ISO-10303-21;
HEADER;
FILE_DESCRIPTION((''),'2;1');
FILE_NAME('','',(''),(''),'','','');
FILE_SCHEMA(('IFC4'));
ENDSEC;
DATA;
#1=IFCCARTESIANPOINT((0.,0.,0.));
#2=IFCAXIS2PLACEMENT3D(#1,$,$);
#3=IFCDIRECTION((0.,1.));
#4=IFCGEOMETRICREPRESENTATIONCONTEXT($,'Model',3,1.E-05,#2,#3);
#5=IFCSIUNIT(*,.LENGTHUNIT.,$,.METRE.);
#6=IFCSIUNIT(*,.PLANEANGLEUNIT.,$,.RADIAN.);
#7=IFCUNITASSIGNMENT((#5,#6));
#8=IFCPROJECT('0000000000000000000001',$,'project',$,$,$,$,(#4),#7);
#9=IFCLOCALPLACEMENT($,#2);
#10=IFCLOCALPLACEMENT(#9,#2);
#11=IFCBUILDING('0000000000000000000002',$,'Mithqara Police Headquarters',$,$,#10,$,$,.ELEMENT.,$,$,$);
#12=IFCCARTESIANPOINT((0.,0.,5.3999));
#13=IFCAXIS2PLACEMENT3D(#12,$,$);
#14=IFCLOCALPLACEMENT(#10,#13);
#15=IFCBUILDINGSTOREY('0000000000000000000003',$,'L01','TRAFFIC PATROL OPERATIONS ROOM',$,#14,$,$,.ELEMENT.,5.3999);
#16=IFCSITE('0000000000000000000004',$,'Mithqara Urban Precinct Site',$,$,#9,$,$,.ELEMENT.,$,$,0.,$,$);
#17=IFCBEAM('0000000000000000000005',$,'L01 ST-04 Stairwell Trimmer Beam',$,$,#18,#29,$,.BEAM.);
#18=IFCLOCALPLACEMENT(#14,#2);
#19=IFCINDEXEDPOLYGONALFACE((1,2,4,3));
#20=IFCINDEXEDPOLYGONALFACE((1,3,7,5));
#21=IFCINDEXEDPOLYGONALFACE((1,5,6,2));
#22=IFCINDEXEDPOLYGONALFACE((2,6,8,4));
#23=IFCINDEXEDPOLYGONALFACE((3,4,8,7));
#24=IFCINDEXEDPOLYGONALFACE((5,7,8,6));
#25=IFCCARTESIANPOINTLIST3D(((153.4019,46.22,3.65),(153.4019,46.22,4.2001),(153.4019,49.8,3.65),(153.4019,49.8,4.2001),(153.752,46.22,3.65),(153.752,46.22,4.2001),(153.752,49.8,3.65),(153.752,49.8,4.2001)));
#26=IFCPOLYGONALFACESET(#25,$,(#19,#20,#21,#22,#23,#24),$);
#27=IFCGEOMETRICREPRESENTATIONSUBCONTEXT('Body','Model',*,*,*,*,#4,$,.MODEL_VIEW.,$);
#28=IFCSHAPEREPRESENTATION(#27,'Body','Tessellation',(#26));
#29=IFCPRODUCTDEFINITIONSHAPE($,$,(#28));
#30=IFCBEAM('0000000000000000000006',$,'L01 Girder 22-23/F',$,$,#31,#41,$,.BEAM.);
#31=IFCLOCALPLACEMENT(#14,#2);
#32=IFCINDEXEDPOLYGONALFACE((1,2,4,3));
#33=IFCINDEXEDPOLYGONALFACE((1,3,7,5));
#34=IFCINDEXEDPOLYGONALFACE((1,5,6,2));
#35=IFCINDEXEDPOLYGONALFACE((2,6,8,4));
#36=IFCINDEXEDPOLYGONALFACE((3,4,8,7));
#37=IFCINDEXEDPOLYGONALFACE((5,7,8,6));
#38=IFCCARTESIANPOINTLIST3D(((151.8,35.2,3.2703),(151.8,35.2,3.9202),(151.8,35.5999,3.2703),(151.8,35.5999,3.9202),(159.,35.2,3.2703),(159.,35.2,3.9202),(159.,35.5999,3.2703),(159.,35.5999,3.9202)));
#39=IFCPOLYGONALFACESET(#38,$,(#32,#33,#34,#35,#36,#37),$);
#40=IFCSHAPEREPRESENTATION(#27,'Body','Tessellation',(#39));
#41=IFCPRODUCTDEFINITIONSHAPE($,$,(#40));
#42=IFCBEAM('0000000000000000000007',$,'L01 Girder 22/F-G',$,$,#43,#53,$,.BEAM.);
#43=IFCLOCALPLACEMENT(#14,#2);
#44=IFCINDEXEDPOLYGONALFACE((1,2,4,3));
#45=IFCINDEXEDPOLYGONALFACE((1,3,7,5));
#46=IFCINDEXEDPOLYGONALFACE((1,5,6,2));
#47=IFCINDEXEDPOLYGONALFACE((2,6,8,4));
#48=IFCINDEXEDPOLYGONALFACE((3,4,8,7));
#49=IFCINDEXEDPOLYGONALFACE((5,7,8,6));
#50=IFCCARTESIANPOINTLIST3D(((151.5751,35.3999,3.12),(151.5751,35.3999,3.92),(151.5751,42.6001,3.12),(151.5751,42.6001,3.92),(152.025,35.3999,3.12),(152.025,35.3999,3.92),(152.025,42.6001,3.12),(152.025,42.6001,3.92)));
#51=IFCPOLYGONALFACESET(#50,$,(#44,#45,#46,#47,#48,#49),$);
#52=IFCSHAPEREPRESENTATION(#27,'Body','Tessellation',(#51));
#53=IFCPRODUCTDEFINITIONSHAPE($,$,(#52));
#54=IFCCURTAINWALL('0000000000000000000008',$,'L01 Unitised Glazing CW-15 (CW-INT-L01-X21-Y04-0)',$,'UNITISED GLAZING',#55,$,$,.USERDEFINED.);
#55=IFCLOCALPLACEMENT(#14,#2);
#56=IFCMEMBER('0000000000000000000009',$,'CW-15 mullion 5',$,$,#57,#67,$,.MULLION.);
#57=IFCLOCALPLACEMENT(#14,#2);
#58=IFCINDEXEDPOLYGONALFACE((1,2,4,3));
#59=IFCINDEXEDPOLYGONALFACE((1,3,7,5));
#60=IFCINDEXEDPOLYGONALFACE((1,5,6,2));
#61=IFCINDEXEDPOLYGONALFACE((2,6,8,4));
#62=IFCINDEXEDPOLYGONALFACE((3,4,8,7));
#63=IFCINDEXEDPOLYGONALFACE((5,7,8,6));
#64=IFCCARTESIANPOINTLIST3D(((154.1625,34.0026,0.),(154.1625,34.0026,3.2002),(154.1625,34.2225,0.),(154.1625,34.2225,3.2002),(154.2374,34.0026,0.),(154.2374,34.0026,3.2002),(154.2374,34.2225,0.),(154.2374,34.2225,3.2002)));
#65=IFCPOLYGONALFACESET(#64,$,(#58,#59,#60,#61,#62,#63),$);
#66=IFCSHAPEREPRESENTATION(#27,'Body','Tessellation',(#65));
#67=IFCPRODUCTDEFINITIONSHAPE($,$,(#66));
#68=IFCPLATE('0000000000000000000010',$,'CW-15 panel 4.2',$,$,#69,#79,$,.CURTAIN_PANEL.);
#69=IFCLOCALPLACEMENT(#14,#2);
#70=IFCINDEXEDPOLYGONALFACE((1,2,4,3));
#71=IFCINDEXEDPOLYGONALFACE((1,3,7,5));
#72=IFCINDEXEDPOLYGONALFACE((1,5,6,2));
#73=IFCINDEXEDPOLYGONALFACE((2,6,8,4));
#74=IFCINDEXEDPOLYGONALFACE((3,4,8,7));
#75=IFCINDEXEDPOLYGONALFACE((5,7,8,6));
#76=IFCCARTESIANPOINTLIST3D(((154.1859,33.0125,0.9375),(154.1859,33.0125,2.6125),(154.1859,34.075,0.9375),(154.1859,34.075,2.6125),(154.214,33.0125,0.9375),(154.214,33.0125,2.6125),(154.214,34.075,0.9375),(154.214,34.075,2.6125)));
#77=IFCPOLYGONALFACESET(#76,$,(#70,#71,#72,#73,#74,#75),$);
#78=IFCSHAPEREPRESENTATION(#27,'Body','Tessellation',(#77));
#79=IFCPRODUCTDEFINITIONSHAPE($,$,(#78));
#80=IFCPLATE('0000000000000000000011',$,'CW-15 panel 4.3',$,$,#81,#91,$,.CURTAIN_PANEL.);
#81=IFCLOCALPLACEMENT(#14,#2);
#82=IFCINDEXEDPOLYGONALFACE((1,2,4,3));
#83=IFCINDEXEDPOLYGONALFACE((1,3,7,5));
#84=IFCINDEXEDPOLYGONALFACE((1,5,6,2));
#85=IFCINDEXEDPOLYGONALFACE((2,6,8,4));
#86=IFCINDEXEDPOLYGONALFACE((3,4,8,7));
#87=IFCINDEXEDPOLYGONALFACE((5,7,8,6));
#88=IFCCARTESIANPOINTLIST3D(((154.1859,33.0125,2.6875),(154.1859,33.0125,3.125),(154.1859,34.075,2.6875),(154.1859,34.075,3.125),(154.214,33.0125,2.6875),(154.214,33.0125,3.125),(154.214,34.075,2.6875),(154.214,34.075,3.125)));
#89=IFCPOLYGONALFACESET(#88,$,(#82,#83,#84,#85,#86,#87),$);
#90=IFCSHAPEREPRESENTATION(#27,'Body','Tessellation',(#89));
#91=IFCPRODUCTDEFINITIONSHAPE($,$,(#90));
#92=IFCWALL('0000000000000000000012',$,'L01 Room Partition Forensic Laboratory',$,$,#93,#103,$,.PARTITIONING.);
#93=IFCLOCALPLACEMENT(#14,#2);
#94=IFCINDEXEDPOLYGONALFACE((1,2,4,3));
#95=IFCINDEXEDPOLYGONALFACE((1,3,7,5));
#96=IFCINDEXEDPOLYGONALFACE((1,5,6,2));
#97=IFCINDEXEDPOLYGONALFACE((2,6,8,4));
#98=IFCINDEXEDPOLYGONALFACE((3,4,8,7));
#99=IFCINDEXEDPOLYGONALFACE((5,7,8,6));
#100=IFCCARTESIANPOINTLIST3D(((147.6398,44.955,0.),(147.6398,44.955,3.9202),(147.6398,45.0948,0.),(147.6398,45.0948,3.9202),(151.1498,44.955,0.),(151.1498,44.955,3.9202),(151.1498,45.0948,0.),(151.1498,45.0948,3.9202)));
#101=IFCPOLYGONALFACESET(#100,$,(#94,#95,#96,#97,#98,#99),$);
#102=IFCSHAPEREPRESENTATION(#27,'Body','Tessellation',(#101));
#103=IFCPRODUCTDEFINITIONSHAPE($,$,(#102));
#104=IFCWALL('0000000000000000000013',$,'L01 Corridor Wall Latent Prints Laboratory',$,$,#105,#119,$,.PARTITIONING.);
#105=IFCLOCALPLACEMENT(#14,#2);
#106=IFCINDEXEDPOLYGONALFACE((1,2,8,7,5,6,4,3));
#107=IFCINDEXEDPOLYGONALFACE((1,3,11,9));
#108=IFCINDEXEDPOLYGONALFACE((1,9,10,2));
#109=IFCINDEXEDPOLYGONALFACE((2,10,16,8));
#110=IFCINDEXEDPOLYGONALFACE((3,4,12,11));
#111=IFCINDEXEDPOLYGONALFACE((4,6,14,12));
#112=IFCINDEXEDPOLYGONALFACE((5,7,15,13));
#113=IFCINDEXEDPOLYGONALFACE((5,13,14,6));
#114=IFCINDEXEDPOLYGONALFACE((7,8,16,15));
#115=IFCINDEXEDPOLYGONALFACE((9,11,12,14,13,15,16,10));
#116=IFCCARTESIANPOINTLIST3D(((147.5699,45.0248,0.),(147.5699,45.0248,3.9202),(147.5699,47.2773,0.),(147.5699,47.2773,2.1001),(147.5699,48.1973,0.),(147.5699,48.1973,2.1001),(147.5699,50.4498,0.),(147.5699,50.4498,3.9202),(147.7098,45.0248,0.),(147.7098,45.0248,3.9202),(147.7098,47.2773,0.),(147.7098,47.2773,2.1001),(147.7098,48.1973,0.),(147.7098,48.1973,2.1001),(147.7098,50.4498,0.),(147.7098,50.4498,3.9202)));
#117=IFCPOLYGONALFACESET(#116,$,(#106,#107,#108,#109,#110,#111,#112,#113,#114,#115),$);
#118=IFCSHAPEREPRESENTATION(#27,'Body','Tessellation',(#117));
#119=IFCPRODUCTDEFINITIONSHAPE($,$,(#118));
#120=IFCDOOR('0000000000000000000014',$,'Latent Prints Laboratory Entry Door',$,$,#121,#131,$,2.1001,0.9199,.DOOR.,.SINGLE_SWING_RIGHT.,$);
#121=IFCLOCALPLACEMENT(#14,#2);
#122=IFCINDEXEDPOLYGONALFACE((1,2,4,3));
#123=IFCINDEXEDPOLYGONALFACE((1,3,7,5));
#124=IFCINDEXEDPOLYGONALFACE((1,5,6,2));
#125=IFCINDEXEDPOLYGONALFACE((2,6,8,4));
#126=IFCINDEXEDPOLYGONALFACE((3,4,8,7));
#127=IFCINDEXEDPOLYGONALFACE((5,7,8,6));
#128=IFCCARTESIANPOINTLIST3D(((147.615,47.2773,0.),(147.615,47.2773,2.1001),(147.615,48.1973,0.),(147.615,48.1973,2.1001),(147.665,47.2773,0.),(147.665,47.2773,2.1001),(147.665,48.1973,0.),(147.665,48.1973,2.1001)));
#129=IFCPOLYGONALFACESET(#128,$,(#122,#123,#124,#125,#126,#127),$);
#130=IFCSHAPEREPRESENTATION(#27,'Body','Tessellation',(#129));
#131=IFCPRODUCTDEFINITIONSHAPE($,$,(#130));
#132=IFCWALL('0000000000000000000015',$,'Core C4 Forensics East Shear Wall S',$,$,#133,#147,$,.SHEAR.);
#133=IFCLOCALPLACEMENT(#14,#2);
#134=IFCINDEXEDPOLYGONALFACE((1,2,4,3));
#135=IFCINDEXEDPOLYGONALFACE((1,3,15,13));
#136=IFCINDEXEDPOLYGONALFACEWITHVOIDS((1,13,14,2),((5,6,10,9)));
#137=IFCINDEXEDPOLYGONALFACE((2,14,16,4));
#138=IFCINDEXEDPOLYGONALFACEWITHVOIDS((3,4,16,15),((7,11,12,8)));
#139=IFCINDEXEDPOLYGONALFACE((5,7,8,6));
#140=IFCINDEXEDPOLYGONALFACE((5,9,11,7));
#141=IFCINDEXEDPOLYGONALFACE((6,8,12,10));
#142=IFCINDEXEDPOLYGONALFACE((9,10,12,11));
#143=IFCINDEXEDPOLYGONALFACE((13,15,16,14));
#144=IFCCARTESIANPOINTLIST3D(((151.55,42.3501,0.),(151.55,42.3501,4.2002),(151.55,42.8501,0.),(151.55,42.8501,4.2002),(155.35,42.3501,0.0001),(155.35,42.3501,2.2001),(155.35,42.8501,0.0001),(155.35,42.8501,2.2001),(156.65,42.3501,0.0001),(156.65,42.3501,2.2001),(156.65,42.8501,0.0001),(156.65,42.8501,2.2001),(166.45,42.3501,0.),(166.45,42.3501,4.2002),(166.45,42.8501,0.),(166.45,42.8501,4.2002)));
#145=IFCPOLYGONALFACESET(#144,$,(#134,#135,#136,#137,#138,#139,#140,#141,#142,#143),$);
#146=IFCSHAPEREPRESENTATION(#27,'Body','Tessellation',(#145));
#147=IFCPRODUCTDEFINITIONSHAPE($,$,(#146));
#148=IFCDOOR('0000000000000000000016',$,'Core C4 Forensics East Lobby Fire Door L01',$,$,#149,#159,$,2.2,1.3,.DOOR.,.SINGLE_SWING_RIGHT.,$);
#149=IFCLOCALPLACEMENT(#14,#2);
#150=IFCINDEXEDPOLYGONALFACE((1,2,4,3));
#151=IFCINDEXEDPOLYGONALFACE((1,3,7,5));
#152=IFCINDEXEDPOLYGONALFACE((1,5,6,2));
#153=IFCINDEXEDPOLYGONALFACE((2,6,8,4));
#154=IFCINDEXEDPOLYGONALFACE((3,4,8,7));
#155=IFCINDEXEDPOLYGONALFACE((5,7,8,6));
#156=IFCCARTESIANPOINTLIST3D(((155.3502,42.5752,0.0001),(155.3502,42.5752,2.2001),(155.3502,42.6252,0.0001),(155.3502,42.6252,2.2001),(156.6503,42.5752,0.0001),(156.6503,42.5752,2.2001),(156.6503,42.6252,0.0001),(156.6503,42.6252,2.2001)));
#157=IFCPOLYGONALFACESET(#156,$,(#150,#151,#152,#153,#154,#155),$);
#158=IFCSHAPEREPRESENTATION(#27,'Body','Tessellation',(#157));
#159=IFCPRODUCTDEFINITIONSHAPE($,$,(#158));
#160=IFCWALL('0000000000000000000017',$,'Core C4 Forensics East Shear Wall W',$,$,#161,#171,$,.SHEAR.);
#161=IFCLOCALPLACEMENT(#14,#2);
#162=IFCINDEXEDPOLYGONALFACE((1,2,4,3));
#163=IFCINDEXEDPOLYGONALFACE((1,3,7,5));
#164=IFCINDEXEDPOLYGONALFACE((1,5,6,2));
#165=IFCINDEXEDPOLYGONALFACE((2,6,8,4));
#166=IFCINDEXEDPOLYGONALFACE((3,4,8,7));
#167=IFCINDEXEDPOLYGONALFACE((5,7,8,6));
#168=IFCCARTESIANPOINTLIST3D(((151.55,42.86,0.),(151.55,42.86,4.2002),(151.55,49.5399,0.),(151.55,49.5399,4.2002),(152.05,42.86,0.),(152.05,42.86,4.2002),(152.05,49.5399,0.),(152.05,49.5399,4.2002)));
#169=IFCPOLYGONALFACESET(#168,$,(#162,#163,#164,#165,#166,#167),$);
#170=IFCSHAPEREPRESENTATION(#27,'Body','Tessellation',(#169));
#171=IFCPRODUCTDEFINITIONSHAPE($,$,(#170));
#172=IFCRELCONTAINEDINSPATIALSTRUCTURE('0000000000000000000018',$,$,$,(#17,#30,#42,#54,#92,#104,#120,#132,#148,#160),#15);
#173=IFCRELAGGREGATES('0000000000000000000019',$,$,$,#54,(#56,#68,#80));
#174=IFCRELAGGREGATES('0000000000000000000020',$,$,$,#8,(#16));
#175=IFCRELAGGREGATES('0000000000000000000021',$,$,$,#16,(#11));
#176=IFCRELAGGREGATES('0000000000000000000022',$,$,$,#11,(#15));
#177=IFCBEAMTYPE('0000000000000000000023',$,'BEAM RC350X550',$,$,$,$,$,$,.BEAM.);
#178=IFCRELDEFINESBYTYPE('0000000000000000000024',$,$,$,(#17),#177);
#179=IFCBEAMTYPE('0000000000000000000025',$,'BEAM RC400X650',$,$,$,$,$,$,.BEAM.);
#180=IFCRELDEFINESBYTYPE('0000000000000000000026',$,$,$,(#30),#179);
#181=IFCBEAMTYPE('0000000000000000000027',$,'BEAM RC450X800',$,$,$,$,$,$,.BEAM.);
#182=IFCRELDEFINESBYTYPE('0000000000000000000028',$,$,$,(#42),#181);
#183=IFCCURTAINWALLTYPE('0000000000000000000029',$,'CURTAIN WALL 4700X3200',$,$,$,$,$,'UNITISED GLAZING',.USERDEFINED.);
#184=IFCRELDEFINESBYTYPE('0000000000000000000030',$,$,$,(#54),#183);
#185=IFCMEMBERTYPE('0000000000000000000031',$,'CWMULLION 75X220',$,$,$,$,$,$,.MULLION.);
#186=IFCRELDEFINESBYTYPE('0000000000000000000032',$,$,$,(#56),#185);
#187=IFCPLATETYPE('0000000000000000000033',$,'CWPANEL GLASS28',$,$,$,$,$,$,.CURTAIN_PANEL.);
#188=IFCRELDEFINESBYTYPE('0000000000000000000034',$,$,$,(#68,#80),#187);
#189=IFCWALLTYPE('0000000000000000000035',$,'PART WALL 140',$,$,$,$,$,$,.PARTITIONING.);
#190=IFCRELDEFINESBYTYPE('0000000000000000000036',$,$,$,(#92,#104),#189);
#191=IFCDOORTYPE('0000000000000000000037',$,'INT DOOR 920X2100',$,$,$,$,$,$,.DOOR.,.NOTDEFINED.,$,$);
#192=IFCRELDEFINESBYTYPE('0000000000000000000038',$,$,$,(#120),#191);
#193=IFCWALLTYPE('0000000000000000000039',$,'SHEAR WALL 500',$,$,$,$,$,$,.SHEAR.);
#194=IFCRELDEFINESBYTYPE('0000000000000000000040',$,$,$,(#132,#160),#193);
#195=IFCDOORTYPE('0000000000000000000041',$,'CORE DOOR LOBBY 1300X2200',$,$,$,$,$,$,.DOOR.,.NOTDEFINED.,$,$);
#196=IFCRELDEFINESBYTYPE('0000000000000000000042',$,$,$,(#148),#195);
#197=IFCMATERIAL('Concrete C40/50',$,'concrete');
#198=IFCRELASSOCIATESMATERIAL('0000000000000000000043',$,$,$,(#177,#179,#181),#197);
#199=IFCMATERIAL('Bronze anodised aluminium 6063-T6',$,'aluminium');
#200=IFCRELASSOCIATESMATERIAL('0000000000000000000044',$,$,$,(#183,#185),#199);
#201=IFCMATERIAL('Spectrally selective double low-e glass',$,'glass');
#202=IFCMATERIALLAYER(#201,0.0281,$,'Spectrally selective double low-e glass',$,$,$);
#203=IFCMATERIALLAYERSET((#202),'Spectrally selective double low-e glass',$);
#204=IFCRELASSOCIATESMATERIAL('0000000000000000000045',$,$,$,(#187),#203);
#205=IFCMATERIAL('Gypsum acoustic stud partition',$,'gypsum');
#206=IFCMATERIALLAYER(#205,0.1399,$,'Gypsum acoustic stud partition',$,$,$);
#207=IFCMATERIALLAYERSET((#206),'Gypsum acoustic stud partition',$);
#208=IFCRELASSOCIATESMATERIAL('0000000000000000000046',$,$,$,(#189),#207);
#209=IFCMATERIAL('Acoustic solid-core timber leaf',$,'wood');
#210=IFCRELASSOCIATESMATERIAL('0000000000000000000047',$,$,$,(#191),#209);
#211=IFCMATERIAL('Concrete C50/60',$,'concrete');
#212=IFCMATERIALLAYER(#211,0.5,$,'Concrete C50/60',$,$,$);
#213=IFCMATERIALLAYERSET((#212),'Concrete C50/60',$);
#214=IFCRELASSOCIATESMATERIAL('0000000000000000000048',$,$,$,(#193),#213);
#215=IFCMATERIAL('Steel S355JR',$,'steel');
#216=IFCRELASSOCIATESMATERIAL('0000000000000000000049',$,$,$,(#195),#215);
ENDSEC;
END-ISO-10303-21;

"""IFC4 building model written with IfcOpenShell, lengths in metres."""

from ifc_helpers import new_model, si_unit, direction, frame, frame_2d, origin, origin_2d, place, context, subcontext, project, spatial, rectangle, extrude, material, layer, layer_set, material_profile, profile_set, type_object, element, fill, aggregate, save


model = new_model("IFC4")

# Units and contexts
model_context = context("Model", 3, precision=1e-05, world=origin(), true_north=direction((0.0, 1.0)))
body_context = subcontext(model_context, "Body", "Model", "MODEL_VIEW")
ifc_project = project(units=[si_unit("LENGTHUNIT", "METRE"), si_unit("PLANEANGLEUNIT", "RADIAN")], contexts=[model_context])

# Site, building, storey
site_placement = place(None, origin())
site = spatial("IfcSite", under=ifc_project, at=site_placement, Name="Mithqara Urban Precinct Site", CompositionType="ELEMENT", RefElevation=0.0)
building_placement = place(site_placement, origin())
building = spatial("IfcBuilding", under=site, at=building_placement, Name="Mithqara Police Headquarters", CompositionType="ELEMENT")
storey_placement = place(building_placement, frame((0.0, 0.0, 5.3999)))
storey = spatial("IfcBuildingStorey", under=building, at=storey_placement, Name="L01", Description="TRAFFIC PATROL OPERATIONS ROOM", CompositionType="ELEMENT", Elevation=5.3999)

# Shared definitions
ifc_material_1 = material(Name="Concrete C50/60", Category="concrete")

# Beams
ifc_material_2 = material(Name="Steel S355JR", Category="steel")
ifc_material_3 = material(Name="Concrete C40/50", Category="concrete")
ifc_material_profile_1 = material_profile(ifc_material_3, rectangle(XDim=0.3501, YDim=0.55, at=origin_2d()), Name="RC 350x550")
ifc_profile_set_1 = profile_set([ifc_material_profile_1], Name="Concrete C40/50")
beam_type_1 = type_object("IfcBeamType", Name="BEAM RC350X550", PredefinedType="BEAM", material=ifc_profile_set_1)
beam_1_placement = place(storey_placement, frame((153.5769, 46.22, 3.925), z_axis=(0.0, 1.0, 0.0), x_axis=(-1.0, 0.0, 0.0)))
element("IfcBeam", 1, at=beam_1_placement, inside=storey, type_object=beam_type_1, Name="L01 ST-04 Stairwell Trimmer Beam", PredefinedType="BEAM", context=body_context, shape_type="SweptSolid", body=[
    extrude(rectangle(XDim=0.3501, YDim=0.55, at=origin_2d()), origin(), (0.0, 0.0, 1.0), 3.5801),
])
ifc_material_profile_2 = material_profile(ifc_material_3, rectangle(XDim=0.3999, YDim=0.6499, at=origin_2d()), Name="RC 400x650")
ifc_profile_set_2 = profile_set([ifc_material_profile_2], Name="Concrete C40/50")
beam_type_2 = type_object("IfcBeamType", Name="BEAM RC400X650", PredefinedType="BEAM", material=ifc_profile_set_2)
beam_2_placement = place(storey_placement, frame((151.8, 35.3999, 3.5952), z_axis=(1.0, 0.0, 0.0), x_axis=(0.0, 1.0, 0.0)))
element("IfcBeam", 2, at=beam_2_placement, inside=storey, type_object=beam_type_2, Name="L01 Girder 22-23/F", PredefinedType="BEAM", context=body_context, shape_type="SweptSolid", body=[
    extrude(rectangle(XDim=0.3999, YDim=0.6499, at=origin_2d()), origin(), (0.0, 0.0, 1.0), 7.2),
])
ifc_material_profile_3 = material_profile(ifc_material_3, rectangle(XDim=0.45, YDim=0.8, at=origin_2d()), Name="RC 450x800")
ifc_profile_set_3 = profile_set([ifc_material_profile_3], Name="Concrete C40/50")
beam_type_3 = type_object("IfcBeamType", Name="BEAM RC450X800", PredefinedType="BEAM", material=ifc_profile_set_3)
beam_3_placement = place(storey_placement, frame((151.8, 35.3999, 3.52), z_axis=(0.0, 1.0, 0.0), x_axis=(-1.0, 0.0, 0.0)))
element("IfcBeam", 3, at=beam_3_placement, inside=storey, type_object=beam_type_3, Name="L01 Girder 22/F-G", PredefinedType="BEAM", context=body_context, shape_type="SweptSolid", body=[
    extrude(rectangle(XDim=0.45, YDim=0.8, at=origin_2d()), origin(), (0.0, 0.0, 1.0), 7.2002),
])

# Curtain wall, member, plates
ifc_material_4 = material(Name="Bronze anodised aluminium 6063-T6", Category="aluminium")
curtain_wall_type = type_object("IfcCurtainWallType", Name="CURTAIN WALL 4700X3200", ElementType="UNITISED GLAZING", PredefinedType="USERDEFINED", material=ifc_material_4)
curtain_wall_placement = place(storey_placement, origin())
curtain_wall = element("IfcCurtainWall", 4, at=curtain_wall_placement, inside=storey, type_object=curtain_wall_type, Name="L01 Unitised Glazing CW-15 (CW-INT-L01-X21-Y04-0)", ObjectType="UNITISED GLAZING", PredefinedType="USERDEFINED")
ifc_material_profile_4 = material_profile(ifc_material_4, rectangle(XDim=0.075, YDim=0.22, at=origin_2d()), Name="CWM 75x220")
ifc_profile_set_4 = profile_set([ifc_material_profile_4], Name="Bronze anodised aluminium 6063-T6")
member_type = type_object("IfcMemberType", Name="CWMULLION 75X220", PredefinedType="MULLION", material=ifc_profile_set_4)
member_placement = place(storey_placement, frame((154.2, 34.1125, 0.0), z_axis=(0.0, 0.0, 1.0), x_axis=(-1.0, 0.0, 0.0)))
member = element("IfcMember", 5, at=member_placement, type_object=member_type, Name="CW-15 mullion 5", PredefinedType="MULLION", context=body_context, shape_type="SweptSolid", body=[
    extrude(rectangle(XDim=0.075, YDim=0.22, at=origin_2d()), origin(), (0.0, 0.0, 1.0), 3.2002),
])
ifc_material_5 = material(Name="Spectrally selective double low-e glass", Category="glass")
ifc_layer_1 = layer(ifc_material_5, 0.0281, Name="Spectrally selective double low-e glass")
ifc_layer_set_1 = layer_set([ifc_layer_1], Name="Spectrally selective double low-e glass")
plate_type = type_object("IfcPlateType", Name="CWPANEL GLASS28", PredefinedType="CURTAIN_PANEL", material=ifc_layer_set_1)
plate_1_placement = place(storey_placement, frame((154.2, 33.5437, 0.9375), z_axis=(0.0, 0.0, 1.0), x_axis=(0.0, 1.0, 0.0)))
plate_1 = element("IfcPlate", 6, at=plate_1_placement, type_object=plate_type, Name="CW-15 panel 4.2", PredefinedType="CURTAIN_PANEL", context=body_context, shape_type="SweptSolid", body=[
    extrude(rectangle(XDim=1.0625, YDim=0.0281, at=origin_2d()), origin(), (0.0, 0.0, 1.0), 1.675),
])
plate_2_placement = place(storey_placement, frame((154.2, 33.5437, 2.6875), z_axis=(0.0, 0.0, 1.0), x_axis=(0.0, 1.0, 0.0)))
plate_2 = element("IfcPlate", 7, at=plate_2_placement, type_object=plate_type, Name="CW-15 panel 4.3", PredefinedType="CURTAIN_PANEL", context=body_context, shape_type="SweptSolid", body=[
    extrude(rectangle(XDim=1.0625, YDim=0.0281, at=origin_2d()), origin(), (0.0, 0.0, 1.0), 0.4375),
])
aggregate(curtain_wall, [member, plate_1, plate_2])

# Wall
ifc_material_6 = material(Name="Gypsum acoustic stud partition", Category="gypsum")
ifc_layer_2 = layer(ifc_material_6, 0.1399, Name="Gypsum acoustic stud partition")
ifc_layer_set_2 = layer_set([ifc_layer_2], Name="Gypsum acoustic stud partition")
wall_type_1 = type_object("IfcWallType", Name="PART WALL 140", PredefinedType="PARTITIONING", material=ifc_layer_set_2)
wall_1_placement = place(storey_placement, frame((147.6399, 45.0249, 0.0), z_axis=(0.0, 0.0, 1.0), x_axis=(1.0, 0.0, 0.0)))
element("IfcWall", 8, at=wall_1_placement, inside=storey, type_object=wall_type_1, Name="L01 Room Partition Forensic Laboratory", PredefinedType="PARTITIONING", context=body_context, shape_type="SweptSolid", body=[
    extrude(rectangle(XDim=3.51, YDim=0.1399, at=frame_2d((1.7549, 0.0))), origin(), (0.0, 0.0, 1.0), 3.9202),
])

# Walls, openings, doors
wall_2_placement = place(storey_placement, frame((147.6399, 45.0249, 0.0), z_axis=(0.0, 0.0, 1.0), x_axis=(0.0, 1.0, 0.0)))
wall_2 = element("IfcWall", 9, at=wall_2_placement, inside=storey, type_object=wall_type_1, Name="L01 Corridor Wall Latent Prints Laboratory", PredefinedType="PARTITIONING", context=body_context, shape_type="SweptSolid", body=[
    extrude(rectangle(XDim=5.425, YDim=0.1399, at=frame_2d((2.7124, 0.0))), origin(), (0.0, 0.0, 1.0), 3.9202),
])
opening_1_placement = place(wall_2_placement, frame((2.2524, 0.0, 0.0)))
opening_1 = element("IfcOpeningElement", 10, at=opening_1_placement, cuts=wall_2, PredefinedType="OPENING", context=body_context, shape_type="SweptSolid", body=[
    extrude(rectangle(XDim=0.9199, YDim=2.1001, at=frame_2d((0.46, 1.05))), frame((0.0, 0.0801, 0.0), z_axis=(0.0, -1.0, 0.0), x_axis=(1.0, 0.0, 0.0)), (0.0, 0.0, 1.0), 0.1599),
])
ifc_material_7 = material(Name="Acoustic solid-core timber leaf", Category="wood")
door_type_1 = type_object("IfcDoorType", Name="INT DOOR 920X2100", OperationType="NOTDEFINED", PredefinedType="DOOR", material=ifc_material_7)
door_1_placement = place(opening_1_placement, origin())
door_1 = element("IfcDoor", 11, at=door_1_placement, inside=storey, type_object=door_type_1, Name="Latent Prints Laboratory Entry Door", OperationType="SINGLE_SWING_RIGHT", OverallHeight=2.1001, OverallWidth=0.9199, PredefinedType="DOOR", context=body_context, shape_type="SweptSolid", body=[
    extrude(rectangle(XDim=0.9199, YDim=2.1001, at=frame_2d((0.46, 1.05))), frame((0.0, 0.0249, 0.0), z_axis=(0.0, -1.0, 0.0), x_axis=(1.0, 0.0, 0.0)), (0.0, 0.0, 1.0), 0.05),
])
fill(opening_1, door_1)
ifc_layer_3 = layer(ifc_material_1, 0.5, Name="Concrete C50/60")
ifc_layer_set_3 = layer_set([ifc_layer_3], Name="Concrete C50/60")
wall_type_2 = type_object("IfcWallType", Name="SHEAR WALL 500", PredefinedType="SHEAR", material=ifc_layer_set_3)
wall_3_placement = place(storey_placement, frame((151.55, 42.6001, 0.0), z_axis=(0.0, 0.0, 1.0), x_axis=(1.0, 0.0, 0.0)))
wall_3 = element("IfcWall", 12, at=wall_3_placement, inside=storey, type_object=wall_type_2, Name="Core C4 Forensics East Shear Wall S", PredefinedType="SHEAR", context=body_context, shape_type="SweptSolid", body=[
    extrude(rectangle(XDim=14.8999, YDim=0.5, at=frame_2d((7.45, 0.0))), origin(), (0.0, 0.0, 1.0), 4.2002),
])
opening_2_placement = place(wall_3_placement, frame((3.8, 0.0, 0.0)))
opening_2 = element("IfcOpeningElement", 13, at=opening_2_placement, cuts=wall_3, PredefinedType="OPENING", context=body_context, shape_type="SweptSolid", body=[
    extrude(rectangle(XDim=1.3, YDim=2.2, at=frame_2d((0.6499, 1.1001))), frame((0.0, 0.26, 0.0), z_axis=(0.0, -1.0, 0.0), x_axis=(1.0, 0.0, 0.0)), (0.0, 0.0, 1.0), 0.52),
])
door_type_2 = type_object("IfcDoorType", Name="CORE DOOR LOBBY 1300X2200", OperationType="NOTDEFINED", PredefinedType="DOOR", material=ifc_material_2)
door_2_placement = place(opening_2_placement, frame((1.3, 0.0, 0.0), z_axis=(0.0, 0.0, 1.0), x_axis=(-1.0, 0.0, 0.0)))
door_2 = element("IfcDoor", 14, at=door_2_placement, inside=storey, type_object=door_type_2, Name="Core C4 Forensics East Lobby Fire Door L01", OperationType="SINGLE_SWING_RIGHT", OverallHeight=2.2, OverallWidth=1.3, PredefinedType="DOOR", context=body_context, shape_type="SweptSolid", body=[
    extrude(rectangle(XDim=1.3, YDim=2.2, at=frame_2d((0.6499, 1.1001))), frame((0.0, 0.0249, 0.0), z_axis=(0.0, -1.0, 0.0), x_axis=(1.0, 0.0, 0.0)), (0.0, 0.0, 1.0), 0.05),
])
fill(opening_2, door_2)

# Wall
wall_4_placement = place(storey_placement, frame((151.8, 42.8601, 0.0), z_axis=(0.0, 0.0, 1.0), x_axis=(0.0, 1.0, 0.0)))
element("IfcWall", 15, at=wall_4_placement, inside=storey, type_object=wall_type_2, Name="Core C4 Forensics East Shear Wall W", PredefinedType="SHEAR", context=body_context, shape_type="SweptSolid", body=[
    extrude(rectangle(XDim=6.6799, YDim=0.5, at=frame_2d((3.3398, 0.0))), origin(), (0.0, 0.0, 1.0), 4.2002),
])

save(model, "model.ifc")
